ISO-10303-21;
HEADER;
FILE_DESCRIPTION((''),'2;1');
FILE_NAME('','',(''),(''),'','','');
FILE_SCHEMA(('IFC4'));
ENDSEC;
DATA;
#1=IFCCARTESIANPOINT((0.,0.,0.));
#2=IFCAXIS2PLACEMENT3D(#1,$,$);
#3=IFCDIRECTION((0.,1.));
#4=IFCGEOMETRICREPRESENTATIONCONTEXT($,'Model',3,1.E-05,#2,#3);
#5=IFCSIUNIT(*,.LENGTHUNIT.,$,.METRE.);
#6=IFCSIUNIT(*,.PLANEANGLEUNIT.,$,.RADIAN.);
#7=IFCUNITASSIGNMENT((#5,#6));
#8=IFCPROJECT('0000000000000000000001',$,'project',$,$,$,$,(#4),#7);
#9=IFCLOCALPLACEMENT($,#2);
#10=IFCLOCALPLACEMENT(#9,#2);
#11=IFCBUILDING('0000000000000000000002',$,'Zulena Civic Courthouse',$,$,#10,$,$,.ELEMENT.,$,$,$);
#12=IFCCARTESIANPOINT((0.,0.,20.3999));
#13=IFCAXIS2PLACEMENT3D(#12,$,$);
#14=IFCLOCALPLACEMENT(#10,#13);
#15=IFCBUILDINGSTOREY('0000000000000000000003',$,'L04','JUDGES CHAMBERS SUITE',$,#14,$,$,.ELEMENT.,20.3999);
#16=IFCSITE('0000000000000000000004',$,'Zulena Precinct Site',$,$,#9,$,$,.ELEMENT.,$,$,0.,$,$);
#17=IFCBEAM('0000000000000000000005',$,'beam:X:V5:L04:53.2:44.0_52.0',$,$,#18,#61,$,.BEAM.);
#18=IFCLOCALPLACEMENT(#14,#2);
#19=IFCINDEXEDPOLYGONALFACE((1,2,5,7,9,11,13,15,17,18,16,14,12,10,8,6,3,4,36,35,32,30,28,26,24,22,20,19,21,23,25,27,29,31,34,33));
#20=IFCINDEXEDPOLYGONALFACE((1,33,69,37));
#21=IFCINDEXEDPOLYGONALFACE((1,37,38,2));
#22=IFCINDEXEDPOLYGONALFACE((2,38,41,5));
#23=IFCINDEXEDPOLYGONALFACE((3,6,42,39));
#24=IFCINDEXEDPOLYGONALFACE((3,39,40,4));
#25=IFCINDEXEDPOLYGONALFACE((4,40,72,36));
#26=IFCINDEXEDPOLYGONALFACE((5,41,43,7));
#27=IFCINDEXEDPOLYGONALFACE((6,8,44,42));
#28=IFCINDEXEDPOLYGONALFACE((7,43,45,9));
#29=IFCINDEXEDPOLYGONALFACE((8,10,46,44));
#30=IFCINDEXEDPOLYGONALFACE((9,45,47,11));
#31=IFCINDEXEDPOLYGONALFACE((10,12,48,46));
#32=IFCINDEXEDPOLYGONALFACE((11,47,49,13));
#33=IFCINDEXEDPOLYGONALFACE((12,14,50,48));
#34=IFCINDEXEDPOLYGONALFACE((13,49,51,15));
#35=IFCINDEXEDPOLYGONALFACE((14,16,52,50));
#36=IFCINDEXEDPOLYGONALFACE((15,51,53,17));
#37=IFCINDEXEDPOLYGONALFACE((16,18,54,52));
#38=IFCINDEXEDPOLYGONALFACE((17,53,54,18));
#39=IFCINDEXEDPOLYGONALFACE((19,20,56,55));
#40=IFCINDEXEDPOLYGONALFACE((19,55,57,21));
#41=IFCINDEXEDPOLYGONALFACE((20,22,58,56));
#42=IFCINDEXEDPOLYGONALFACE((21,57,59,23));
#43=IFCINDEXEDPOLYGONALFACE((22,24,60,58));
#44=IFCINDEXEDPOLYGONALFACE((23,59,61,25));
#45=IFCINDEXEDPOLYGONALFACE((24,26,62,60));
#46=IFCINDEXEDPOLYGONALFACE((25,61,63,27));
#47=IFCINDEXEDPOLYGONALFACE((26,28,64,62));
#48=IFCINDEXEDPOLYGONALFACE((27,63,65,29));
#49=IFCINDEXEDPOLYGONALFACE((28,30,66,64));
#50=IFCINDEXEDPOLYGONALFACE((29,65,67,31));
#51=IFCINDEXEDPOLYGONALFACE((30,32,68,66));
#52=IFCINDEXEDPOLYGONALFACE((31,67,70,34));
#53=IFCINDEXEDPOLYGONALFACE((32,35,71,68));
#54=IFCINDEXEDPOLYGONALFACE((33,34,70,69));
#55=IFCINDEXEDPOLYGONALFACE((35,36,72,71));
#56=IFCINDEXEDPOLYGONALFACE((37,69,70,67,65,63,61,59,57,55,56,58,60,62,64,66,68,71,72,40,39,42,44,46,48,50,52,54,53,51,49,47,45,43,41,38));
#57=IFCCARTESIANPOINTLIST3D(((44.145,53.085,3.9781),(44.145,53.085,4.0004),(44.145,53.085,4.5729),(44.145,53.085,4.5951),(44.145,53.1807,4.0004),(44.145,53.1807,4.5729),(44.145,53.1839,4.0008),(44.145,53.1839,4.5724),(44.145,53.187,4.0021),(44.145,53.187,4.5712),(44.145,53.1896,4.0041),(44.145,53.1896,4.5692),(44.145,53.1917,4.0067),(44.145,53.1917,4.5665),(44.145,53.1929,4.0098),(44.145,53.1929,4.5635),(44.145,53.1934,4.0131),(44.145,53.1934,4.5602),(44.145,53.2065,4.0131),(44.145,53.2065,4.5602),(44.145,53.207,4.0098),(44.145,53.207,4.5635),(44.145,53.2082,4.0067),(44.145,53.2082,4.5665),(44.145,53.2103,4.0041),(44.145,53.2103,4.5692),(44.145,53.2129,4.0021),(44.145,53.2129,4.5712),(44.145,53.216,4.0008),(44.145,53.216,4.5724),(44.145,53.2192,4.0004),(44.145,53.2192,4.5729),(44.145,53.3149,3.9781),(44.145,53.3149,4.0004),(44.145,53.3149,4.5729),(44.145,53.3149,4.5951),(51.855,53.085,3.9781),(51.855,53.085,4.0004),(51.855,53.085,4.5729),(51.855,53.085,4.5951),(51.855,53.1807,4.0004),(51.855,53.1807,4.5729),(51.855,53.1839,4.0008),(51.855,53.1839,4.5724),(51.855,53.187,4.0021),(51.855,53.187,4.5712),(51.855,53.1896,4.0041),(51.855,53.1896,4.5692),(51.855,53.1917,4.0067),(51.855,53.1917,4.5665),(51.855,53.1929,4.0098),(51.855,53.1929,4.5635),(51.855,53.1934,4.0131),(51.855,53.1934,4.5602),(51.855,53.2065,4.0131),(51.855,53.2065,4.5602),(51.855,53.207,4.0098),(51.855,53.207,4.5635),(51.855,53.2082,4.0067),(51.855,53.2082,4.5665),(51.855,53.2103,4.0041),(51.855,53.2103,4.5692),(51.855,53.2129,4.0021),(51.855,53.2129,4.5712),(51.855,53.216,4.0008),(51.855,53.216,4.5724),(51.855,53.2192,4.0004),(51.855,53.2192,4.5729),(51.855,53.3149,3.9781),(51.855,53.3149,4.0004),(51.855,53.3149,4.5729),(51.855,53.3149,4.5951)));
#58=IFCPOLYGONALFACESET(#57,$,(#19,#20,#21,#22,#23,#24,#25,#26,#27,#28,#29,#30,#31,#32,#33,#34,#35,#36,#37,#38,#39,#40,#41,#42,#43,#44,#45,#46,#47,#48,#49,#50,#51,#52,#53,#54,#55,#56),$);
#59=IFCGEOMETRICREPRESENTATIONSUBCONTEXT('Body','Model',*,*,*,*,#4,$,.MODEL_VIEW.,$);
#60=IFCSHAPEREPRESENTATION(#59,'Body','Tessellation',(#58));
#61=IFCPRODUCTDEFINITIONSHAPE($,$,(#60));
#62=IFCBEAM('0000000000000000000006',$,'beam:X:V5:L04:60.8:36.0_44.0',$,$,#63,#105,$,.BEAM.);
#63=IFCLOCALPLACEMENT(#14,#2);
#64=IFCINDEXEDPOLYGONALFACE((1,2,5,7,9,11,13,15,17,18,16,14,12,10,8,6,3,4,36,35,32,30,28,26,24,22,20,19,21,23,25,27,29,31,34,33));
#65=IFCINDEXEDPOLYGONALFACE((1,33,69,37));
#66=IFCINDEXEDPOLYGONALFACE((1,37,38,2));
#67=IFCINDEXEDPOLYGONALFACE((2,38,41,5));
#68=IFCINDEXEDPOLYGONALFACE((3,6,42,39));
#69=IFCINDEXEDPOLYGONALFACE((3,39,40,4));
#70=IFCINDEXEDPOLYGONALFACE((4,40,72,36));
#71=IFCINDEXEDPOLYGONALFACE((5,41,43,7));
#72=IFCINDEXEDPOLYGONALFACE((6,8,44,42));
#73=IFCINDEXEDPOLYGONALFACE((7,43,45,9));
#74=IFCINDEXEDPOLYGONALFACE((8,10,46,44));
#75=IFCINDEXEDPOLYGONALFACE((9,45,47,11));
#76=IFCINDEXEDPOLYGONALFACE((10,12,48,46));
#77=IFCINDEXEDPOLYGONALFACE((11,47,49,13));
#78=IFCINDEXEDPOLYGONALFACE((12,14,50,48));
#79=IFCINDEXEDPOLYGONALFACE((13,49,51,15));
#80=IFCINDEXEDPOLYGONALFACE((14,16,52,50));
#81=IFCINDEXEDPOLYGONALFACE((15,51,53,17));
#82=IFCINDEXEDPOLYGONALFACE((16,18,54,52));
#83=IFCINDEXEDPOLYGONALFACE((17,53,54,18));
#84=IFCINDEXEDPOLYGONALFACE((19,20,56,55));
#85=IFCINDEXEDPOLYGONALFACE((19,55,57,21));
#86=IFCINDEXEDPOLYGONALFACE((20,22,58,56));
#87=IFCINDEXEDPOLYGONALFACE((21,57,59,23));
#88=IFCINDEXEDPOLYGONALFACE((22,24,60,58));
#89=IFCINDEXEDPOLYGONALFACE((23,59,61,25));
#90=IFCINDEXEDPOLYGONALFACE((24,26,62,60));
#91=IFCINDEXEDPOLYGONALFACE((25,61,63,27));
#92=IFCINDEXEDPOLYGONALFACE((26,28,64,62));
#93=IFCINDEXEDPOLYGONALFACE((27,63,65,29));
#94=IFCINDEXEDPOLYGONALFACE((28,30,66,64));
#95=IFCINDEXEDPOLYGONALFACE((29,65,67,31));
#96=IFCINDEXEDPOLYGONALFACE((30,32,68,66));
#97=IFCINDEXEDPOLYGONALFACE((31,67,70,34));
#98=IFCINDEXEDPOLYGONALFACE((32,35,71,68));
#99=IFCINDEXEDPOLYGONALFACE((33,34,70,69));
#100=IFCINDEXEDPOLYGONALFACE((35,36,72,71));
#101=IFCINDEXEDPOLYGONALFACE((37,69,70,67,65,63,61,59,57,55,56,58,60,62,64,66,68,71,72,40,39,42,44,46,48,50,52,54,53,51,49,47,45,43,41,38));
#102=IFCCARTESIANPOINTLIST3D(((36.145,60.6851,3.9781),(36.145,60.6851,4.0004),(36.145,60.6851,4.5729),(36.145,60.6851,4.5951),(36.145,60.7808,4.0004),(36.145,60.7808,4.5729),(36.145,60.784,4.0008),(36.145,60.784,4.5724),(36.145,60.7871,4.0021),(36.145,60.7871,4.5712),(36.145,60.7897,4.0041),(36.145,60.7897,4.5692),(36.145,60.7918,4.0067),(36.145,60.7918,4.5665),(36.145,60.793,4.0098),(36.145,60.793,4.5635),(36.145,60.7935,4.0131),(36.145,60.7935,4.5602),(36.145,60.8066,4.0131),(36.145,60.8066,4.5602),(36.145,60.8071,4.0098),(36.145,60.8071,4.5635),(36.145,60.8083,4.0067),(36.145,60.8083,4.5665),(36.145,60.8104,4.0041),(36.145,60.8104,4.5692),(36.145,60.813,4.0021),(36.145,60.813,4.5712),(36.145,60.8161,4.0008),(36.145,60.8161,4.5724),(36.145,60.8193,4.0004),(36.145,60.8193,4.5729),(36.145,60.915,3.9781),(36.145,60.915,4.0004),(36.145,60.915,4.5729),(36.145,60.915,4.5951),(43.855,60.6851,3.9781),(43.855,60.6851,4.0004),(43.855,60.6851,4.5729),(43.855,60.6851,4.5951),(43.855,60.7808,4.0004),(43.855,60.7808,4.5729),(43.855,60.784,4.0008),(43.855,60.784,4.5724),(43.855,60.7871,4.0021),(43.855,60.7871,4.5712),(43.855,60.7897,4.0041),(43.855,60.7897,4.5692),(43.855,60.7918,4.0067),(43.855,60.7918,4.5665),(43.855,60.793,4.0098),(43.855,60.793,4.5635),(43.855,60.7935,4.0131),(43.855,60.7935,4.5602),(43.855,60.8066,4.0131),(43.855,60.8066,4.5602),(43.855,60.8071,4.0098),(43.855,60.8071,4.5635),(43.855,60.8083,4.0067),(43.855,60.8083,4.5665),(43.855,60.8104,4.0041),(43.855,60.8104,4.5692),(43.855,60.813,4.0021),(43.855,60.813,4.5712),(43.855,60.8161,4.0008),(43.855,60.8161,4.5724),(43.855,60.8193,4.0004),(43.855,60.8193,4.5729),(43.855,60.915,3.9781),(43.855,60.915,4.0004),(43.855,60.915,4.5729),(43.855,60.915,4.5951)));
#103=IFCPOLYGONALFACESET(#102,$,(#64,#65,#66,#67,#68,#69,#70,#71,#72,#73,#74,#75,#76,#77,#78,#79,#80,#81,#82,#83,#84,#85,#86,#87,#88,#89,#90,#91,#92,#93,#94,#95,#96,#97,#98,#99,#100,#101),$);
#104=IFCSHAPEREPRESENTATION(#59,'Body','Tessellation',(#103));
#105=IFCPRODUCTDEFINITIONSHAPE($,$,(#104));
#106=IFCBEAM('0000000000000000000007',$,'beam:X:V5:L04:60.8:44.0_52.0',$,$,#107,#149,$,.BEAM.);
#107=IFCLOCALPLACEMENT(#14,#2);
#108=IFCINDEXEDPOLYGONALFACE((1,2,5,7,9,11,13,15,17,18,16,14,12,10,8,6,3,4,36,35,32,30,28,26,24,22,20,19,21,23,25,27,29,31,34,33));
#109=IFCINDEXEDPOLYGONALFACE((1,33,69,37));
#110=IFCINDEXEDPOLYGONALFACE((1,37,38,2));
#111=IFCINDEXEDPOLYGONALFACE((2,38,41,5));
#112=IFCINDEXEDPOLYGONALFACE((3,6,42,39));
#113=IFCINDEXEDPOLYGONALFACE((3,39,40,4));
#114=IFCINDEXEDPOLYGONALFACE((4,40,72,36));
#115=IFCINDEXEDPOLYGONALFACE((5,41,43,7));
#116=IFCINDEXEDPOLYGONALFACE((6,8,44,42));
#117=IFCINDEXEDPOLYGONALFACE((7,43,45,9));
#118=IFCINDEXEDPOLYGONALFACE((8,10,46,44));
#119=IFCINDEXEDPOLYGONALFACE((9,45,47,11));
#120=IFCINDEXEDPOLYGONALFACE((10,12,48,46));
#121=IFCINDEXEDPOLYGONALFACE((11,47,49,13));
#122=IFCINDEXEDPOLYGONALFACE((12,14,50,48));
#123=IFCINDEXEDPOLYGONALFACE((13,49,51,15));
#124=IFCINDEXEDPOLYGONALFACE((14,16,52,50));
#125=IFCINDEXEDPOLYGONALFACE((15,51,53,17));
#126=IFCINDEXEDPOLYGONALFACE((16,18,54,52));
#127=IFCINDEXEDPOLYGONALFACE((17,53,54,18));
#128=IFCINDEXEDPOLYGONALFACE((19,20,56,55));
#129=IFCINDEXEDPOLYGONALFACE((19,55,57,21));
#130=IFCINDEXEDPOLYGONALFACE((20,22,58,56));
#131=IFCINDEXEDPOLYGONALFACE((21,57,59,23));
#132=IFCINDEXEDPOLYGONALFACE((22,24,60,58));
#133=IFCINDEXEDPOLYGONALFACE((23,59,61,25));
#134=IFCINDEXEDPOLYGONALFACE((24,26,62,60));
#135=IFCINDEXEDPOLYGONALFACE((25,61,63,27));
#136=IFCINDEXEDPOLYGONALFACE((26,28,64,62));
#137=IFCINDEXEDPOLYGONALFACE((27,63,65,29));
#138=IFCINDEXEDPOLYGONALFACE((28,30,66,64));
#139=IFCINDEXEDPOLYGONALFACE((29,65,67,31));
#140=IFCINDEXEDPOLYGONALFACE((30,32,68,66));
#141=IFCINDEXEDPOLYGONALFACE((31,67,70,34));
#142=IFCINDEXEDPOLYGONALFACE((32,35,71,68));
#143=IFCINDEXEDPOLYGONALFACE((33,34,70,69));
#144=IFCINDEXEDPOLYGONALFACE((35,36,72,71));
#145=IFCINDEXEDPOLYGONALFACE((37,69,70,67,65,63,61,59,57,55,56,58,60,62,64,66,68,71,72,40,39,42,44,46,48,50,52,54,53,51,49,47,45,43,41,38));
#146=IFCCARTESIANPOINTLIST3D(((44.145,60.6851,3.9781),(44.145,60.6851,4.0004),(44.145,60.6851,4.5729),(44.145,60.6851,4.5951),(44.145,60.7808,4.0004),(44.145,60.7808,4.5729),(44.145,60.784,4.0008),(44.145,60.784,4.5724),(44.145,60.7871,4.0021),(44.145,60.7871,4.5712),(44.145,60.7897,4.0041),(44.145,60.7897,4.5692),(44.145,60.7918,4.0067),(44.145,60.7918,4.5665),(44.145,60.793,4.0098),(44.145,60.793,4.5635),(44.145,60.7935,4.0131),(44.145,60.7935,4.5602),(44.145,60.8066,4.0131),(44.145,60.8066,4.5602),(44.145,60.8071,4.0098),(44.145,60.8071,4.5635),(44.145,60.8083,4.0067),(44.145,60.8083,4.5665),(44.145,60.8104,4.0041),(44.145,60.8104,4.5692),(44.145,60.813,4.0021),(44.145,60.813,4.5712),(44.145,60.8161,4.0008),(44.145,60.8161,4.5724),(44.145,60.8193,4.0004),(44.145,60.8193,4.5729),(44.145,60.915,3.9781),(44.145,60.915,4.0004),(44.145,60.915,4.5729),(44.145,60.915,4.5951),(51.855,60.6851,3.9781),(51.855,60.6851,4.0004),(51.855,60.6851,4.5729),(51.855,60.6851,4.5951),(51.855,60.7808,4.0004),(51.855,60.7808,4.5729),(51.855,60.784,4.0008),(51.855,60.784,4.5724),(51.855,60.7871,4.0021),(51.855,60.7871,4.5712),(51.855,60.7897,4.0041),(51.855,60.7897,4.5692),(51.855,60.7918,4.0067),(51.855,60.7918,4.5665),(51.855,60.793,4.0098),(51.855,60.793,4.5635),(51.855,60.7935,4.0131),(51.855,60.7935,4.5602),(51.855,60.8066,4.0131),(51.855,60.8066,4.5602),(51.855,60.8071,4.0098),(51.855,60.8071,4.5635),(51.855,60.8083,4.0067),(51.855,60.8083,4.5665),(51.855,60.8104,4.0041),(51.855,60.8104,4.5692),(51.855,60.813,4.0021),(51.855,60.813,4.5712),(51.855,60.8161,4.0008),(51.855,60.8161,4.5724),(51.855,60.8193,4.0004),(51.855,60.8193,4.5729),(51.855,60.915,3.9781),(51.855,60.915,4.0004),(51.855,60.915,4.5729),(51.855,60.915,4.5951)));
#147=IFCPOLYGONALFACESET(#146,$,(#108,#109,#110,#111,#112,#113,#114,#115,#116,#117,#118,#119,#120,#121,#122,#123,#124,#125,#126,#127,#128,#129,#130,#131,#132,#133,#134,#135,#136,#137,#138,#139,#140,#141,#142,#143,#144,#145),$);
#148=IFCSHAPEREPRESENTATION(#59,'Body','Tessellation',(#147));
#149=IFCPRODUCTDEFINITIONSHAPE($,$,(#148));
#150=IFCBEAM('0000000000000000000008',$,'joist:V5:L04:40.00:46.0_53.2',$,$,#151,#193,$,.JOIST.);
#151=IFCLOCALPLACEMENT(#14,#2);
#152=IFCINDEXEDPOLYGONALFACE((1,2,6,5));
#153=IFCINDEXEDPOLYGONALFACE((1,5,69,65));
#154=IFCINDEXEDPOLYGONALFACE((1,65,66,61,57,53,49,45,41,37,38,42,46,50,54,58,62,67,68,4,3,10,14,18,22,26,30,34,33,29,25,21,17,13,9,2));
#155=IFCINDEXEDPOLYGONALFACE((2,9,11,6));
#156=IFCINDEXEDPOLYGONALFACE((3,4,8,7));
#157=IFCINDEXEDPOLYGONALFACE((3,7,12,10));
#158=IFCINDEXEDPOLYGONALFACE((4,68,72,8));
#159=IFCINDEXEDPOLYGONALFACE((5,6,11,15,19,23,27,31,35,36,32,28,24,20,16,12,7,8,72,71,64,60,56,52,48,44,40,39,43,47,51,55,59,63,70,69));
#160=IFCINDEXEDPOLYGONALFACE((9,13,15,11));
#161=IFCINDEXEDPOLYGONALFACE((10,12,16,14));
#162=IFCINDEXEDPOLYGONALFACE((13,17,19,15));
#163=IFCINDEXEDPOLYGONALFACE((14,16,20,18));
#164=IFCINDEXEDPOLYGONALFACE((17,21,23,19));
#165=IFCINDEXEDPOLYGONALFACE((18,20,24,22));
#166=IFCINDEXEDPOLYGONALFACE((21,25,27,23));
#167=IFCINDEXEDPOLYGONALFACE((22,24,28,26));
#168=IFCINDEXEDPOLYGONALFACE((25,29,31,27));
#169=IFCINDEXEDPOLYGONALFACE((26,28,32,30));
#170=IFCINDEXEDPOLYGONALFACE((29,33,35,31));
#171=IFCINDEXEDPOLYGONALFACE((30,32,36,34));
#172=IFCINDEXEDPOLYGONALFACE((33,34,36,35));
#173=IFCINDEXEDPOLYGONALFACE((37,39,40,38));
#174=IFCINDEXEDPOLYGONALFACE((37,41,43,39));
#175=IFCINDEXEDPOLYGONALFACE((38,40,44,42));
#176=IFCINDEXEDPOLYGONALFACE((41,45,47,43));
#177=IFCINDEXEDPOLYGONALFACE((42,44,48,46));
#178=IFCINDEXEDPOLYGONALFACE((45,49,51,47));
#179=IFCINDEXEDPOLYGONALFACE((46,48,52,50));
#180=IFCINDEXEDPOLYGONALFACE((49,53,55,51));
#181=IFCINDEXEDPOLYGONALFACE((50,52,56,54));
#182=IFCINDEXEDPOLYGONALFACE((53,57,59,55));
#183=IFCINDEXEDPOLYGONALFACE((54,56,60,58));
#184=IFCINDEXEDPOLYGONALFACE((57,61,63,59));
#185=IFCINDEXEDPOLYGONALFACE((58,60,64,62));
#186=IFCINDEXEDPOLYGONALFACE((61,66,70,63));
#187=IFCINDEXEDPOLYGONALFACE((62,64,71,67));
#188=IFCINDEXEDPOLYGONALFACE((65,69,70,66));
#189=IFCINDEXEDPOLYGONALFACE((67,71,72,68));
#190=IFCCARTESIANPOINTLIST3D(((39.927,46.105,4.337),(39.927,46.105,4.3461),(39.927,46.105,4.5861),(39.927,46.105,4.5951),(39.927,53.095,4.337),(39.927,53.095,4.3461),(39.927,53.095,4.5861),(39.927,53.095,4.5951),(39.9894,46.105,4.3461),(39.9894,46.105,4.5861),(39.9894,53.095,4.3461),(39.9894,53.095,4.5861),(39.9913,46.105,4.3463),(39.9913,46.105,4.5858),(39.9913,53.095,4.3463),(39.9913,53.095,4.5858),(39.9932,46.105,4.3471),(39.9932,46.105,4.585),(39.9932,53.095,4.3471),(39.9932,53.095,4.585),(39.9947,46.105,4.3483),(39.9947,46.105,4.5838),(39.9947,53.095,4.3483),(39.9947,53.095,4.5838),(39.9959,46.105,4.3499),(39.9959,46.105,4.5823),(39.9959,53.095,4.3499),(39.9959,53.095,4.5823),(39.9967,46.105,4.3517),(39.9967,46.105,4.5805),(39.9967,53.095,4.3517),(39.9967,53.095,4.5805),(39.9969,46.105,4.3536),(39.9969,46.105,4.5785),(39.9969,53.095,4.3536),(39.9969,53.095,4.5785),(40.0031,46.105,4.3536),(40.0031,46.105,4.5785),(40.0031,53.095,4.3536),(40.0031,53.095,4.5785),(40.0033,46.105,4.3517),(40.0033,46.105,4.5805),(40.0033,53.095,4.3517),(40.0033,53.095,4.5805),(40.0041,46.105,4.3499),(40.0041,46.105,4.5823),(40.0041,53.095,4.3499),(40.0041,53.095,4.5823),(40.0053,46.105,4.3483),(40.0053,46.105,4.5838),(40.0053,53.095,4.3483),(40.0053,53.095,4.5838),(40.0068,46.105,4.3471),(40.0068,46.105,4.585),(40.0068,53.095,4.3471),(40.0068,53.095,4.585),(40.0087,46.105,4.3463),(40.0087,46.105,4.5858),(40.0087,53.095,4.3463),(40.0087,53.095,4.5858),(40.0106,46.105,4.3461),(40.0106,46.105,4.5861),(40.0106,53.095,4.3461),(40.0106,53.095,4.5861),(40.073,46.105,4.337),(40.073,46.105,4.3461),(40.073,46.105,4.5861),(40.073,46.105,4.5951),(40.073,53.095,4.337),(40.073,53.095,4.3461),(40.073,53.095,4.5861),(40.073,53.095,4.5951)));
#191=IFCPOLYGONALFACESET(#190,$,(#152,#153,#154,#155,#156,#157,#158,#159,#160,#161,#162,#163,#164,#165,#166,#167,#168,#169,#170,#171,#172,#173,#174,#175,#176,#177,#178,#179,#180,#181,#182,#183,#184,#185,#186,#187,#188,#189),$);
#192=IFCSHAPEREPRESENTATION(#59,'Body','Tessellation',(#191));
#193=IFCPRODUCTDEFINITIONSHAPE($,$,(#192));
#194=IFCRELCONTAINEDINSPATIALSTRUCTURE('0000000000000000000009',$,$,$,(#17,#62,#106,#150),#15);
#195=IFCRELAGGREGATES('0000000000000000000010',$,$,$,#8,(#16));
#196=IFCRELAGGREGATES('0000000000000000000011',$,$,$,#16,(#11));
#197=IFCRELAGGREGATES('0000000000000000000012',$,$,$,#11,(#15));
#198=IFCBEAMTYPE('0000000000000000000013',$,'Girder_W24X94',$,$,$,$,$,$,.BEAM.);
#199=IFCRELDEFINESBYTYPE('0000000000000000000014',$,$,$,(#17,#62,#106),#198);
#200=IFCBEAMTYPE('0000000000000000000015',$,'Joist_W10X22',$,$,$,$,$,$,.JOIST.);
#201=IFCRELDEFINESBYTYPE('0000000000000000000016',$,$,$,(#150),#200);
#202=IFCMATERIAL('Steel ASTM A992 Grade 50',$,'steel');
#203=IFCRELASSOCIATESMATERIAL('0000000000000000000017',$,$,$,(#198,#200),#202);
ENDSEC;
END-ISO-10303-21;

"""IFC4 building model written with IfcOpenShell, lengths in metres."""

from ifc_helpers import new_model, si_unit, direction, frame, origin, origin_2d, place, context, subcontext, project, spatial, i_section, extrude, material, material_profile, profile_set, type_object, element, save


model = new_model("IFC4")

# Units and contexts
model_context = context("Model", 3, precision=1e-05, world=origin(), true_north=direction((0.0, 1.0)))
body_context = subcontext(model_context, "Body", "Model", "MODEL_VIEW")
ifc_project = project(units=[si_unit("LENGTHUNIT", "METRE"), si_unit("PLANEANGLEUNIT", "RADIAN")], contexts=[model_context])

# Site, building, storey
site_placement = place(None, origin())
site = spatial("IfcSite", under=ifc_project, at=site_placement, Name="Zulena Precinct Site", CompositionType="ELEMENT", RefElevation=0.0)
building_placement = place(site_placement, origin())
building = spatial("IfcBuilding", under=site, at=building_placement, Name="Zulena Civic Courthouse", CompositionType="ELEMENT")
storey_placement = place(building_placement, frame((0.0, 0.0, 20.3999)))
storey = spatial("IfcBuildingStorey", under=building, at=storey_placement, Name="L04", Description="JUDGES CHAMBERS SUITE", CompositionType="ELEMENT", Elevation=20.3999)

# Shared definitions
ifc_material_1 = material(Name="Steel ASTM A992 Grade 50", Category="steel")

# Beams
ifc_material_profile_1 = material_profile(ifc_material_1, i_section(OverallWidth=0.23, OverallDepth=0.6169, WebThickness=0.0132, FlangeThickness=0.0222, FilletRadius=0.0127, at=origin_2d()), Name="W24X94")
ifc_profile_set_1 = profile_set([ifc_material_profile_1], Name="Steel ASTM A992 Grade 50")
beam_type_1 = type_object("IfcBeamType", Name="Girder_W24X94", PredefinedType="BEAM", material=ifc_profile_set_1)
for number, where, z_axis, x_axis, name in (
    (1, (44.145, 53.2, 4.2866), (1.0, 0.0, 0.0), (0.0, 1.0, 0.0), "beam:X:V5:L04:53.2:44.0_52.0"),
    (2, (36.145, 60.8, 4.2866), (1.0, 0.0, 0.0), (0.0, 1.0, 0.0), "beam:X:V5:L04:60.8:36.0_44.0"),
    (3, (44.145, 60.8, 4.2866), (1.0, 0.0, 0.0), (0.0, 1.0, 0.0), "beam:X:V5:L04:60.8:44.0_52.0"),
):
    element("IfcBeam", number, at=place(storey_placement, frame(where, z_axis=z_axis, x_axis=x_axis)), inside=storey, type_object=beam_type_1, Name=name, PredefinedType="BEAM", context=body_context, shape_type="SweptSolid", body=[
        extrude(i_section(OverallWidth=0.23, OverallDepth=0.6169, WebThickness=0.0132, FlangeThickness=0.0222, FilletRadius=0.0127, at=origin_2d()), origin(), (0.0, 0.0, 1.0), 7.71),
    ])
ifc_material_profile_2 = material_profile(ifc_material_1, i_section(OverallWidth=0.146, OverallDepth=0.2581, WebThickness=0.0061, FlangeThickness=0.009, FilletRadius=0.0076, at=origin_2d()), Name="W10X22")
ifc_profile_set_2 = profile_set([ifc_material_profile_2], Name="Steel ASTM A992 Grade 50")
beam_type_2 = type_object("IfcBeamType", Name="Joist_W10X22", PredefinedType="JOIST", material=ifc_profile_set_2)
beam_1_placement = place(storey_placement, frame((40.0, 46.105, 4.4661), z_axis=(0.0, 1.0, 0.0), x_axis=(-1.0, 0.0, 0.0)))
element("IfcBeam", 4, at=beam_1_placement, inside=storey, type_object=beam_type_2, Name="joist:V5:L04:40.00:46.0_53.2", PredefinedType="JOIST", context=body_context, shape_type="SweptSolid", body=[
    extrude(i_section(OverallWidth=0.146, OverallDepth=0.2581, WebThickness=0.0061, FlangeThickness=0.009, FilletRadius=0.0076, at=origin_2d()), origin(), (0.0, 0.0, 1.0), 6.99),
])

save(model, "model.ifc")
